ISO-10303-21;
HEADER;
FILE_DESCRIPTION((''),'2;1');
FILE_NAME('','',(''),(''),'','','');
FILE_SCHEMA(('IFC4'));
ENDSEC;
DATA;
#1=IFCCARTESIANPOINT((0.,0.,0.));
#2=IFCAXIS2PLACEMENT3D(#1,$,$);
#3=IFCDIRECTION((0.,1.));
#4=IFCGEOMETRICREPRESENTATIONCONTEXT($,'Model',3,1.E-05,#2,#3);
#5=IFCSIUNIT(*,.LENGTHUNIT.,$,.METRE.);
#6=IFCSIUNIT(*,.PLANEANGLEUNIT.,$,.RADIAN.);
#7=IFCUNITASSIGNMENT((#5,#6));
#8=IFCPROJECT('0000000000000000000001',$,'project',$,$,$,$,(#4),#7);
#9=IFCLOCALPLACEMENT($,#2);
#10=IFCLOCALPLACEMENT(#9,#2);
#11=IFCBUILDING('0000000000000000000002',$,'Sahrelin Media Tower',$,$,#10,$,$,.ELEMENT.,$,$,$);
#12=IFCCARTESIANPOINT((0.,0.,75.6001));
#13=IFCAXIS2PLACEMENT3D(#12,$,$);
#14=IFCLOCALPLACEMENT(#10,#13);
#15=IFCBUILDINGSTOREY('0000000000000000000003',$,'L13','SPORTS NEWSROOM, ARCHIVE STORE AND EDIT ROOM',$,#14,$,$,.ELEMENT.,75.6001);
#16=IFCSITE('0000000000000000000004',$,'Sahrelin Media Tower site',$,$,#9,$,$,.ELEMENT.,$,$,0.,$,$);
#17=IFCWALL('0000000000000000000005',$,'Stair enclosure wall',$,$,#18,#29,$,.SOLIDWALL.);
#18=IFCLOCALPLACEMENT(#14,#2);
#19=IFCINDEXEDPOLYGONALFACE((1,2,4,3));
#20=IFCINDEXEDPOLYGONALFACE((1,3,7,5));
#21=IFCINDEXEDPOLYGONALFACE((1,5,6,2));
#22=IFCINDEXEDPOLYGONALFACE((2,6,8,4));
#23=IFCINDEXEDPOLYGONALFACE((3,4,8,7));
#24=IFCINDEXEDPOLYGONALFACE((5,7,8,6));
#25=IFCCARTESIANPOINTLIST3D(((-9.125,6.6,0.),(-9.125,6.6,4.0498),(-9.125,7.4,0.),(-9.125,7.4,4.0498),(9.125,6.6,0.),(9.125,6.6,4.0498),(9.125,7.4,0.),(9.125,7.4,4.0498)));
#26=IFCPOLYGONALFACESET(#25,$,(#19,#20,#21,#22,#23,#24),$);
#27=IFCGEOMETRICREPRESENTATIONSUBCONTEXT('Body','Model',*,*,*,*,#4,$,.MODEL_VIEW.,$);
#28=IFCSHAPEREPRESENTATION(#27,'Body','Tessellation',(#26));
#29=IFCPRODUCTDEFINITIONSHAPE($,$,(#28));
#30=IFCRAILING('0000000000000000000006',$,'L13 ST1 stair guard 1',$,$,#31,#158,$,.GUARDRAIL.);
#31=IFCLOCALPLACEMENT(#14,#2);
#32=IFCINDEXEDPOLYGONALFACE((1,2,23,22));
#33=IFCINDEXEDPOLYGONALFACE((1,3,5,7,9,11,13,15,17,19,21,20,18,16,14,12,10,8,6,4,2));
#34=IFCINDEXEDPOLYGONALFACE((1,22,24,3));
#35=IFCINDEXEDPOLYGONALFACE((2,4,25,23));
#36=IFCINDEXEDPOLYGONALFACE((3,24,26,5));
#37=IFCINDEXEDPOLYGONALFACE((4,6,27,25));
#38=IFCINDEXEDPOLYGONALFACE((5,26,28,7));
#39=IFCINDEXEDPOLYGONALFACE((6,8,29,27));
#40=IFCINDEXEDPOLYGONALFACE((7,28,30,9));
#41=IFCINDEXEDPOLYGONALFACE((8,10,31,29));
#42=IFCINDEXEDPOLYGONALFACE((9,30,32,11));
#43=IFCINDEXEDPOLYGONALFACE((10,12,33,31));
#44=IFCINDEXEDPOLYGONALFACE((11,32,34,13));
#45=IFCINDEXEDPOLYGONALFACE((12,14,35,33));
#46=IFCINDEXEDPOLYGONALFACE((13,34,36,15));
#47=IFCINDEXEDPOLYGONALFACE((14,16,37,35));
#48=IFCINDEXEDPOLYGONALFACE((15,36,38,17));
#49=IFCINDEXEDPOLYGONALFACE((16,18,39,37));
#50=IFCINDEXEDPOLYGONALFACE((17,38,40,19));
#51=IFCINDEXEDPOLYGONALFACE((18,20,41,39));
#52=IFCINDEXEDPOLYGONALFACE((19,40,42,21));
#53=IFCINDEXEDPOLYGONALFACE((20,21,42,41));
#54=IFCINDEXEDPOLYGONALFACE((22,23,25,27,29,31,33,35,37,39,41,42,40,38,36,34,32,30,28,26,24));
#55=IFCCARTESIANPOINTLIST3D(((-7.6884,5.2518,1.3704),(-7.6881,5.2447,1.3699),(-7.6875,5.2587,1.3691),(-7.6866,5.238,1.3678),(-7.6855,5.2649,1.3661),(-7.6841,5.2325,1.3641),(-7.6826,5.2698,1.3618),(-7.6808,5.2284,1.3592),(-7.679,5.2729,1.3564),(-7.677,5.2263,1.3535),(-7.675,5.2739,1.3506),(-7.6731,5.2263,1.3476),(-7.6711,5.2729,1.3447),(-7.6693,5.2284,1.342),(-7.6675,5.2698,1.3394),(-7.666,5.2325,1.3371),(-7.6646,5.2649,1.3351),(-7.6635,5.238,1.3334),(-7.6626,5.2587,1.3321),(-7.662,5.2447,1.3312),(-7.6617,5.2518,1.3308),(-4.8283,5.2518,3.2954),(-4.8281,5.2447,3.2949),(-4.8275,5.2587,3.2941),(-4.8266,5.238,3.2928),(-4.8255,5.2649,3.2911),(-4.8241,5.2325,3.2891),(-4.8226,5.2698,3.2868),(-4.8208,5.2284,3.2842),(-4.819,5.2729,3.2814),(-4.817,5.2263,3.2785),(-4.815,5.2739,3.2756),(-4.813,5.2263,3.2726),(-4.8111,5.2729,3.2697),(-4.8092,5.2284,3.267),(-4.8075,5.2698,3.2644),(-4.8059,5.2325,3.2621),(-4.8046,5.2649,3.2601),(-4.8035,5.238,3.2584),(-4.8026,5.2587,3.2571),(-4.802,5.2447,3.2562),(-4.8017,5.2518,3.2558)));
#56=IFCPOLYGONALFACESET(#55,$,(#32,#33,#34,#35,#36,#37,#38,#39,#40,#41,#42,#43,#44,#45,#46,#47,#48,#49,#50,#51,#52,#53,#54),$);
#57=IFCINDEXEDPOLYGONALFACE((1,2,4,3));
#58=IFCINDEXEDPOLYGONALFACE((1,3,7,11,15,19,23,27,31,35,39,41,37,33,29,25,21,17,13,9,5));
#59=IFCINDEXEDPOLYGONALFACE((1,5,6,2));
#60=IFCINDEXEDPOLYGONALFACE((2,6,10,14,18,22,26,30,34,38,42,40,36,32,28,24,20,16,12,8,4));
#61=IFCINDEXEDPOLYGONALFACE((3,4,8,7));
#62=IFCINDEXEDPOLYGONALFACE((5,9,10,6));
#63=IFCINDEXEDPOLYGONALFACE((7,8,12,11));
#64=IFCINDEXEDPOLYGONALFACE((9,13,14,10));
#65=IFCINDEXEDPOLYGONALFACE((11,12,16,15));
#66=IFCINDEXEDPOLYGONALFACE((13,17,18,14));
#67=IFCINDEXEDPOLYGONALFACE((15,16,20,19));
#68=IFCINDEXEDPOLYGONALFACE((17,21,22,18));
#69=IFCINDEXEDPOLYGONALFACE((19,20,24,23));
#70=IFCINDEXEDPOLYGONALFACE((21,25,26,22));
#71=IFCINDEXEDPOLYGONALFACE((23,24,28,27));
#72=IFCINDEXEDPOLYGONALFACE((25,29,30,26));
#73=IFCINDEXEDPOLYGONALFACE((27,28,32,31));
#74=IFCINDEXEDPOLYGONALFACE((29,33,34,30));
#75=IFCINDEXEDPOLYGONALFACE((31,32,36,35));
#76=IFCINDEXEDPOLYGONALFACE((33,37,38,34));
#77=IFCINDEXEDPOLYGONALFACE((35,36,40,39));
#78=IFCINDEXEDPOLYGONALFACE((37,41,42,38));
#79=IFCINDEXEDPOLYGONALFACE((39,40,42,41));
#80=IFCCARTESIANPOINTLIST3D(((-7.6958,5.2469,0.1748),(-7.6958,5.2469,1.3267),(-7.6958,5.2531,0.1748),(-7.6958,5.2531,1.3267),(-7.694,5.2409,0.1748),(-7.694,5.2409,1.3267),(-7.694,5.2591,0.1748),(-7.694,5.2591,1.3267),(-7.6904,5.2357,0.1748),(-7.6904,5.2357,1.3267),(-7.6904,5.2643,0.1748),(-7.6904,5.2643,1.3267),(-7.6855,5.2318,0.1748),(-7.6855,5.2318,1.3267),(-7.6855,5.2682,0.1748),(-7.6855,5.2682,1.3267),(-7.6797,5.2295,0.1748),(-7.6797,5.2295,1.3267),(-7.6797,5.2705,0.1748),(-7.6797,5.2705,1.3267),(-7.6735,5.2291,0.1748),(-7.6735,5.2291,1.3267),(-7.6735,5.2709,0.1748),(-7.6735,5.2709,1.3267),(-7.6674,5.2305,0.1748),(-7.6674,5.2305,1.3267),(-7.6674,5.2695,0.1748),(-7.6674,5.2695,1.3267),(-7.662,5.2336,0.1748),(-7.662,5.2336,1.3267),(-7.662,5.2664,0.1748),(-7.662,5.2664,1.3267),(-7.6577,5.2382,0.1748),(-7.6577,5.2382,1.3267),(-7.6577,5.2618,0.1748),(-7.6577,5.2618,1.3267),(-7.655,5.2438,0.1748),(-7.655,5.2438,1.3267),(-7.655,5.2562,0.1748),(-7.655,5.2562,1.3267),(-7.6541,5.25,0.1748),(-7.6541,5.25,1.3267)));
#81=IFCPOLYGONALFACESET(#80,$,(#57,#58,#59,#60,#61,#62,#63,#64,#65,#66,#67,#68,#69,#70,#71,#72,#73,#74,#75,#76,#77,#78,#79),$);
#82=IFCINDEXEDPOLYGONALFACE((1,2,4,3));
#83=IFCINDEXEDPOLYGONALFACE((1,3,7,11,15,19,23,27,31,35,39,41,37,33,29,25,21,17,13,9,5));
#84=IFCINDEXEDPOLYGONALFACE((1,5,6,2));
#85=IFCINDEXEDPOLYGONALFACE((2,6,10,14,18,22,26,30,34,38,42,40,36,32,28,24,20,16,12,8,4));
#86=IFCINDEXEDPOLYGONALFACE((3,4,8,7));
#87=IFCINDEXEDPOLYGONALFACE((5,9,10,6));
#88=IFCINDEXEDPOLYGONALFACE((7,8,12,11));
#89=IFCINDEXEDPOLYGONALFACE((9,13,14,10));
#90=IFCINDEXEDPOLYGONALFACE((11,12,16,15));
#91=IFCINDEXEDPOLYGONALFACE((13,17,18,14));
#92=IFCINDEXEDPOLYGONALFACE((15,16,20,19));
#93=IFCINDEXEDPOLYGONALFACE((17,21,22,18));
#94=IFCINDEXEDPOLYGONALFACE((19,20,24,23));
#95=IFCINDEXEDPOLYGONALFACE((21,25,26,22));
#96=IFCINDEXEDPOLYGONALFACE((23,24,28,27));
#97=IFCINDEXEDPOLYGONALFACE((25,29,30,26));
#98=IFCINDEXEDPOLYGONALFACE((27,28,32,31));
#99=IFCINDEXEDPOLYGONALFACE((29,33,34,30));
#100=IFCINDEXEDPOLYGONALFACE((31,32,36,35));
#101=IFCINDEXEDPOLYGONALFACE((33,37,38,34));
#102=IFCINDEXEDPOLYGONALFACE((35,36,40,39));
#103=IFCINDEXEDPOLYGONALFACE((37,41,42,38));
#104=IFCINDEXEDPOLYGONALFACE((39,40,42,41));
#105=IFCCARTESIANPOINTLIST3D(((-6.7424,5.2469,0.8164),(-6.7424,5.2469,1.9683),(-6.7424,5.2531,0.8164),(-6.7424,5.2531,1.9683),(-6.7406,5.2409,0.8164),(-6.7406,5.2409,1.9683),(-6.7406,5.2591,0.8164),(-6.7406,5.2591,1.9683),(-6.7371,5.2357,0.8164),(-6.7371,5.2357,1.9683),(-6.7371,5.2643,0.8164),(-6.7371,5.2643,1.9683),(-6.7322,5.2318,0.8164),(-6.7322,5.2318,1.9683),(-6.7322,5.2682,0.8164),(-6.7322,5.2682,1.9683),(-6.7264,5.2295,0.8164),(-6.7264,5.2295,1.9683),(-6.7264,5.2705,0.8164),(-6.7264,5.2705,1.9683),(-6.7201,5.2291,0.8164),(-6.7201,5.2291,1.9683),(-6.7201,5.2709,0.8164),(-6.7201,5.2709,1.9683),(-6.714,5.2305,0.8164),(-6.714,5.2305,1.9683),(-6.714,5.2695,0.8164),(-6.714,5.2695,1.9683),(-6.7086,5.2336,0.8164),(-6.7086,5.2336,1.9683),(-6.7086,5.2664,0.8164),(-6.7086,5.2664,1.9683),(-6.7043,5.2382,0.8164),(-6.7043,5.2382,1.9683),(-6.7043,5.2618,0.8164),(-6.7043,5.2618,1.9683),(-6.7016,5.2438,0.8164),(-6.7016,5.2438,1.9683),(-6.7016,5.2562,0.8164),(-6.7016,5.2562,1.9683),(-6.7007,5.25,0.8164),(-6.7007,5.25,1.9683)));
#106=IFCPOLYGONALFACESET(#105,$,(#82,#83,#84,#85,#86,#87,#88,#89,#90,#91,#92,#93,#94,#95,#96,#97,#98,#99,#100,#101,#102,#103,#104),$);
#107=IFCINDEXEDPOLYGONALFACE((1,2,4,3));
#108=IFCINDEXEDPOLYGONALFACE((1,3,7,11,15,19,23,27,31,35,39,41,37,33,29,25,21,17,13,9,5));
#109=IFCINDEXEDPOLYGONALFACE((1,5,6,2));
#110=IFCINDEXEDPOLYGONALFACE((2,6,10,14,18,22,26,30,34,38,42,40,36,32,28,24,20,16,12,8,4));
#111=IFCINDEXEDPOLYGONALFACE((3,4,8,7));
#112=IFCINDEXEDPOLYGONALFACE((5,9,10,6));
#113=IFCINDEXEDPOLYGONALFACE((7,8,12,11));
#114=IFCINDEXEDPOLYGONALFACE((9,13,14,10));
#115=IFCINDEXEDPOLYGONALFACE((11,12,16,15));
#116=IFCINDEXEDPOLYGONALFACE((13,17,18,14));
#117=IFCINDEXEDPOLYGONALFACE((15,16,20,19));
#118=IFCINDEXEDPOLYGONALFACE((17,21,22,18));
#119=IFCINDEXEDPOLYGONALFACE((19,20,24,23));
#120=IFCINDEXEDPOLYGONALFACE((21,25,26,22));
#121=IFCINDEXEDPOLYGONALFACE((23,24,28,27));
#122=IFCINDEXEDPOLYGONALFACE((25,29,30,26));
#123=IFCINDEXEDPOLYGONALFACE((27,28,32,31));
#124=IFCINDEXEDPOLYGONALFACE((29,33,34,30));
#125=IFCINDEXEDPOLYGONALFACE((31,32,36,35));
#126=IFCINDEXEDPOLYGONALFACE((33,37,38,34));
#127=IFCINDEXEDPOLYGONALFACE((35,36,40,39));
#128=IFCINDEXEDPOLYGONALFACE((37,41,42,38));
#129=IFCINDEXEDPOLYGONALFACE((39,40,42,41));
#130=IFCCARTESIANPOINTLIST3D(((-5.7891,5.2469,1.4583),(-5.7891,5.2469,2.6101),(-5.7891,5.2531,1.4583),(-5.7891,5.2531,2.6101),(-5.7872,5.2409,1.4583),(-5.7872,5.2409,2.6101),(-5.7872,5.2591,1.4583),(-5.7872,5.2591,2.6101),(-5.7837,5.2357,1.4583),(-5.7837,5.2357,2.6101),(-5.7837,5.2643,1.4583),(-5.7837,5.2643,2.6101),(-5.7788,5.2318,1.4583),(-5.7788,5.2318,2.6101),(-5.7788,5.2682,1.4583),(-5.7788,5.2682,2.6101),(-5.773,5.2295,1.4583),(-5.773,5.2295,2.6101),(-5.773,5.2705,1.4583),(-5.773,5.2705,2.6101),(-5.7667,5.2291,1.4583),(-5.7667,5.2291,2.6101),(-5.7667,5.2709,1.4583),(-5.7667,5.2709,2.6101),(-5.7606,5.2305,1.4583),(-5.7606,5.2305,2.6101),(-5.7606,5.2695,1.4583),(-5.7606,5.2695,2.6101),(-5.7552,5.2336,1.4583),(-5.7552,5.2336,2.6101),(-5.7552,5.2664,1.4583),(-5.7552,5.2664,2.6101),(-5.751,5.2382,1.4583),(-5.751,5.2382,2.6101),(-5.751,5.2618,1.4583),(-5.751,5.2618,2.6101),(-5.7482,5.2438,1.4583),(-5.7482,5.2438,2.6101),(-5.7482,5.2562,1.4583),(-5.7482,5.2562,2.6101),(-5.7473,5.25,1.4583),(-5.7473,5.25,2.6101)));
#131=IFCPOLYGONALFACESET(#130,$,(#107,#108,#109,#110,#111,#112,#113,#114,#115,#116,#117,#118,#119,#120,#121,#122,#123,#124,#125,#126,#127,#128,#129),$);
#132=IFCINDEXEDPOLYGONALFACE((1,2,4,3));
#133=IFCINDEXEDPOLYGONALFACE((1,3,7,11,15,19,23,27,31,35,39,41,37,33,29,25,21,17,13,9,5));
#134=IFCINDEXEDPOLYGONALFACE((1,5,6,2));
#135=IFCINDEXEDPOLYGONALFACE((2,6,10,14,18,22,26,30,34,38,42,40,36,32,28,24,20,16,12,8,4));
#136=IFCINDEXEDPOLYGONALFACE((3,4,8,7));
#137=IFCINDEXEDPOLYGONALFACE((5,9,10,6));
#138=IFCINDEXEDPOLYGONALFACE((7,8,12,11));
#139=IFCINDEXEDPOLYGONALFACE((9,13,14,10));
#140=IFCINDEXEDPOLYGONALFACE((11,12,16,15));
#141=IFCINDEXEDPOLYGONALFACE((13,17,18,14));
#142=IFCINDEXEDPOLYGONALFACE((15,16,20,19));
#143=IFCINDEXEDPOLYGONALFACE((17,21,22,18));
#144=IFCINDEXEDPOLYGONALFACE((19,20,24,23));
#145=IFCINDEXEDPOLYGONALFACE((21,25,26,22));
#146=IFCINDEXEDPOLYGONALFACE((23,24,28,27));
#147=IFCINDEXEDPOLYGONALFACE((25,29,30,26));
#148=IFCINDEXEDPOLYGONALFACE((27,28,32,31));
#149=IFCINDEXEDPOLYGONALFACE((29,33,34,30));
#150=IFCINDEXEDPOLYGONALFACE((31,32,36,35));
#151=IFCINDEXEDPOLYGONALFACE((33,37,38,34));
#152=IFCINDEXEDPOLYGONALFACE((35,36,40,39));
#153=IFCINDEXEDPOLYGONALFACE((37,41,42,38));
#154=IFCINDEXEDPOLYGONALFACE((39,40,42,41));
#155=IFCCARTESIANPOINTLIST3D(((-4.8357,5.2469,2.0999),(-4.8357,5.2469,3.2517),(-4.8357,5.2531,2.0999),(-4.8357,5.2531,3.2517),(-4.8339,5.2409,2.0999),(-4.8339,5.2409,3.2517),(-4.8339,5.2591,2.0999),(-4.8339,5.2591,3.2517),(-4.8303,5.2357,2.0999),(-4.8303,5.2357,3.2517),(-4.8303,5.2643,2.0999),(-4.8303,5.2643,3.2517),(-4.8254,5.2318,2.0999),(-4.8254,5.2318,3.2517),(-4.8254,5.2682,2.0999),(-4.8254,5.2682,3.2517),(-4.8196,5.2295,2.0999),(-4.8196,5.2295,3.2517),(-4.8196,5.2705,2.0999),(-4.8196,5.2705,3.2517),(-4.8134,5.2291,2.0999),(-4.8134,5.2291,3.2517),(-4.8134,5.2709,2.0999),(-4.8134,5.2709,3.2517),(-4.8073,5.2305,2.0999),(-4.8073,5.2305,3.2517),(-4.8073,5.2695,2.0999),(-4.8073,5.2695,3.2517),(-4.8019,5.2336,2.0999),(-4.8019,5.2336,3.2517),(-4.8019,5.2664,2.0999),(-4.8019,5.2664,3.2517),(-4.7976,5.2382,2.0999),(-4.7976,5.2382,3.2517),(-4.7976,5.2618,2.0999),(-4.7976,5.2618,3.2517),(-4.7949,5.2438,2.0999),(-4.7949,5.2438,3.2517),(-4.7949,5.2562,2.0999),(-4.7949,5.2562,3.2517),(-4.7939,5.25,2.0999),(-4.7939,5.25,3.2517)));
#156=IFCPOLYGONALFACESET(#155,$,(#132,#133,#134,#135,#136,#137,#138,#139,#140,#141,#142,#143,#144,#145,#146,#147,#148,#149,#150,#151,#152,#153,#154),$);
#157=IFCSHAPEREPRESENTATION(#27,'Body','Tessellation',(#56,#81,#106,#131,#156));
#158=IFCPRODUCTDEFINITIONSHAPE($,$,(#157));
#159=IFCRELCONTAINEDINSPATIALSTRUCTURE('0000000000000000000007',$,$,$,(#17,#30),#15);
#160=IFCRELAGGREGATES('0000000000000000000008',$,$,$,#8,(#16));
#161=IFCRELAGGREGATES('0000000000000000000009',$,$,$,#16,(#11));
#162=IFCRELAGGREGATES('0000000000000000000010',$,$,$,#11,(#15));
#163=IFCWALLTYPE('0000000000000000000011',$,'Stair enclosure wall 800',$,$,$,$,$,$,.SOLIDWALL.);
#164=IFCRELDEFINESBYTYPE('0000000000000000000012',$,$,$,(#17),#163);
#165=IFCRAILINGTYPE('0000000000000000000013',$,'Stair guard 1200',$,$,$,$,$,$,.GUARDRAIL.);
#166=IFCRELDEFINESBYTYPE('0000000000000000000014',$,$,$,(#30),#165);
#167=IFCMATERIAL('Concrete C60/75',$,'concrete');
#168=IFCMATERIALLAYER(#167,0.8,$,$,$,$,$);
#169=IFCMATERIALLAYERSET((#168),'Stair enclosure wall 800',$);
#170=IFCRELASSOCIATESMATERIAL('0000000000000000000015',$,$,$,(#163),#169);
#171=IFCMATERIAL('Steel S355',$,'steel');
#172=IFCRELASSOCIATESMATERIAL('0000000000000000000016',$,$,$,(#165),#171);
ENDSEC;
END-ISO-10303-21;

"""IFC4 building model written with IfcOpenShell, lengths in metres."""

from ifc_helpers import new_model, si_unit, direction, frame, frame_2d, origin, origin_2d, place, context, subcontext, project, spatial, rectangle, circle, extrude, material, layer, layer_set, type_object, element, save


model = new_model("IFC4")

# Units and contexts
model_context = context("Model", 3, precision=1e-05, world=origin(), true_north=direction((0.0, 1.0)))
body_context = subcontext(model_context, "Body", "Model", "MODEL_VIEW")
ifc_project = project(units=[si_unit("LENGTHUNIT", "METRE"), si_unit("PLANEANGLEUNIT", "RADIAN")], contexts=[model_context])

# Site, building, storey
site_placement = place(None, origin())
site = spatial("IfcSite", under=ifc_project, at=site_placement, Name="Sahrelin Media Tower site", CompositionType="ELEMENT", RefElevation=0.0)
building_placement = place(site_placement, origin())
building = spatial("IfcBuilding", under=site, at=building_placement, Name="Sahrelin Media Tower", CompositionType="ELEMENT")
storey_placement = place(building_placement, frame((0.0, 0.0, 75.6001)))
storey = spatial("IfcBuildingStorey", under=building, at=storey_placement, Name="L13", Description="SPORTS NEWSROOM, ARCHIVE STORE AND EDIT ROOM", CompositionType="ELEMENT", Elevation=75.6001)

# Shared definitions
ifc_material_1 = material(Name="Steel S355", Category="steel")

# Shared definitions
ifc_material_2 = material(Name="Concrete C60/75", Category="concrete")

# Wall
ifc_layer_1 = layer(ifc_material_2, 0.8)
ifc_layer_set_1 = layer_set([ifc_layer_1], Name="Stair enclosure wall 800")
wall_type_1 = type_object("IfcWallType", Name="Stair enclosure wall 800", PredefinedType="SOLIDWALL", material=ifc_layer_set_1)
wall_1_placement = place(storey_placement, frame((-9.125, 7.0, 0.0), z_axis=(0.0, 0.0, 1.0), x_axis=(1.0, 0.0, 0.0)))
element("IfcWall", 1, at=wall_1_placement, inside=storey, type_object=wall_type_1, Name="Stair enclosure wall", PredefinedType="SOLIDWALL", context=body_context, shape_type="SweptSolid", body=[
    extrude(rectangle(XDim=18.25, YDim=0.8, at=frame_2d((9.125, 0.0))), origin(), (0.0, 0.0, 1.0), 4.0498),
])

# Railing
railing_type_1 = type_object("IfcRailingType", Name="Stair guard 1200", PredefinedType="GUARDRAIL", material=ifc_material_1)
railing_1_placement = place(storey_placement, frame((-7.675, 5.25, 0.1748)))
element("IfcRailing", 2, at=railing_1_placement, inside=storey, type_object=railing_type_1, Name="L13 ST1 stair guard 1", PredefinedType="GUARDRAIL", context=body_context, shape_type="SweptSolid", body=[
    extrude(circle(Radius=0.0239, at=origin_2d()), frame((0.0, 0.0, 1.1758), z_axis=(0.829591, 0.0, 0.558372), x_axis=(0.0, 1.0, 0.0)), (0.0, 0.0, 1.0), 3.4475),
    extrude(circle(Radius=0.021, at=origin_2d()), origin(), (0.0, 0.0, 1.0), 1.1519),
    extrude(circle(Radius=0.021, at=origin_2d()), frame((0.9534, 0.0, 0.6416)), (0.0, 0.0, 1.0), 1.1519),
    extrude(circle(Radius=0.021, at=origin_2d()), frame((1.9067, 0.0, 1.2834)), (0.0, 0.0, 1.0), 1.1519),
    extrude(circle(Radius=0.021, at=origin_2d()), frame((2.8601, 0.0, 1.925)), (0.0, 0.0, 1.0), 1.1519),
])

save(model, "model.ifc")
